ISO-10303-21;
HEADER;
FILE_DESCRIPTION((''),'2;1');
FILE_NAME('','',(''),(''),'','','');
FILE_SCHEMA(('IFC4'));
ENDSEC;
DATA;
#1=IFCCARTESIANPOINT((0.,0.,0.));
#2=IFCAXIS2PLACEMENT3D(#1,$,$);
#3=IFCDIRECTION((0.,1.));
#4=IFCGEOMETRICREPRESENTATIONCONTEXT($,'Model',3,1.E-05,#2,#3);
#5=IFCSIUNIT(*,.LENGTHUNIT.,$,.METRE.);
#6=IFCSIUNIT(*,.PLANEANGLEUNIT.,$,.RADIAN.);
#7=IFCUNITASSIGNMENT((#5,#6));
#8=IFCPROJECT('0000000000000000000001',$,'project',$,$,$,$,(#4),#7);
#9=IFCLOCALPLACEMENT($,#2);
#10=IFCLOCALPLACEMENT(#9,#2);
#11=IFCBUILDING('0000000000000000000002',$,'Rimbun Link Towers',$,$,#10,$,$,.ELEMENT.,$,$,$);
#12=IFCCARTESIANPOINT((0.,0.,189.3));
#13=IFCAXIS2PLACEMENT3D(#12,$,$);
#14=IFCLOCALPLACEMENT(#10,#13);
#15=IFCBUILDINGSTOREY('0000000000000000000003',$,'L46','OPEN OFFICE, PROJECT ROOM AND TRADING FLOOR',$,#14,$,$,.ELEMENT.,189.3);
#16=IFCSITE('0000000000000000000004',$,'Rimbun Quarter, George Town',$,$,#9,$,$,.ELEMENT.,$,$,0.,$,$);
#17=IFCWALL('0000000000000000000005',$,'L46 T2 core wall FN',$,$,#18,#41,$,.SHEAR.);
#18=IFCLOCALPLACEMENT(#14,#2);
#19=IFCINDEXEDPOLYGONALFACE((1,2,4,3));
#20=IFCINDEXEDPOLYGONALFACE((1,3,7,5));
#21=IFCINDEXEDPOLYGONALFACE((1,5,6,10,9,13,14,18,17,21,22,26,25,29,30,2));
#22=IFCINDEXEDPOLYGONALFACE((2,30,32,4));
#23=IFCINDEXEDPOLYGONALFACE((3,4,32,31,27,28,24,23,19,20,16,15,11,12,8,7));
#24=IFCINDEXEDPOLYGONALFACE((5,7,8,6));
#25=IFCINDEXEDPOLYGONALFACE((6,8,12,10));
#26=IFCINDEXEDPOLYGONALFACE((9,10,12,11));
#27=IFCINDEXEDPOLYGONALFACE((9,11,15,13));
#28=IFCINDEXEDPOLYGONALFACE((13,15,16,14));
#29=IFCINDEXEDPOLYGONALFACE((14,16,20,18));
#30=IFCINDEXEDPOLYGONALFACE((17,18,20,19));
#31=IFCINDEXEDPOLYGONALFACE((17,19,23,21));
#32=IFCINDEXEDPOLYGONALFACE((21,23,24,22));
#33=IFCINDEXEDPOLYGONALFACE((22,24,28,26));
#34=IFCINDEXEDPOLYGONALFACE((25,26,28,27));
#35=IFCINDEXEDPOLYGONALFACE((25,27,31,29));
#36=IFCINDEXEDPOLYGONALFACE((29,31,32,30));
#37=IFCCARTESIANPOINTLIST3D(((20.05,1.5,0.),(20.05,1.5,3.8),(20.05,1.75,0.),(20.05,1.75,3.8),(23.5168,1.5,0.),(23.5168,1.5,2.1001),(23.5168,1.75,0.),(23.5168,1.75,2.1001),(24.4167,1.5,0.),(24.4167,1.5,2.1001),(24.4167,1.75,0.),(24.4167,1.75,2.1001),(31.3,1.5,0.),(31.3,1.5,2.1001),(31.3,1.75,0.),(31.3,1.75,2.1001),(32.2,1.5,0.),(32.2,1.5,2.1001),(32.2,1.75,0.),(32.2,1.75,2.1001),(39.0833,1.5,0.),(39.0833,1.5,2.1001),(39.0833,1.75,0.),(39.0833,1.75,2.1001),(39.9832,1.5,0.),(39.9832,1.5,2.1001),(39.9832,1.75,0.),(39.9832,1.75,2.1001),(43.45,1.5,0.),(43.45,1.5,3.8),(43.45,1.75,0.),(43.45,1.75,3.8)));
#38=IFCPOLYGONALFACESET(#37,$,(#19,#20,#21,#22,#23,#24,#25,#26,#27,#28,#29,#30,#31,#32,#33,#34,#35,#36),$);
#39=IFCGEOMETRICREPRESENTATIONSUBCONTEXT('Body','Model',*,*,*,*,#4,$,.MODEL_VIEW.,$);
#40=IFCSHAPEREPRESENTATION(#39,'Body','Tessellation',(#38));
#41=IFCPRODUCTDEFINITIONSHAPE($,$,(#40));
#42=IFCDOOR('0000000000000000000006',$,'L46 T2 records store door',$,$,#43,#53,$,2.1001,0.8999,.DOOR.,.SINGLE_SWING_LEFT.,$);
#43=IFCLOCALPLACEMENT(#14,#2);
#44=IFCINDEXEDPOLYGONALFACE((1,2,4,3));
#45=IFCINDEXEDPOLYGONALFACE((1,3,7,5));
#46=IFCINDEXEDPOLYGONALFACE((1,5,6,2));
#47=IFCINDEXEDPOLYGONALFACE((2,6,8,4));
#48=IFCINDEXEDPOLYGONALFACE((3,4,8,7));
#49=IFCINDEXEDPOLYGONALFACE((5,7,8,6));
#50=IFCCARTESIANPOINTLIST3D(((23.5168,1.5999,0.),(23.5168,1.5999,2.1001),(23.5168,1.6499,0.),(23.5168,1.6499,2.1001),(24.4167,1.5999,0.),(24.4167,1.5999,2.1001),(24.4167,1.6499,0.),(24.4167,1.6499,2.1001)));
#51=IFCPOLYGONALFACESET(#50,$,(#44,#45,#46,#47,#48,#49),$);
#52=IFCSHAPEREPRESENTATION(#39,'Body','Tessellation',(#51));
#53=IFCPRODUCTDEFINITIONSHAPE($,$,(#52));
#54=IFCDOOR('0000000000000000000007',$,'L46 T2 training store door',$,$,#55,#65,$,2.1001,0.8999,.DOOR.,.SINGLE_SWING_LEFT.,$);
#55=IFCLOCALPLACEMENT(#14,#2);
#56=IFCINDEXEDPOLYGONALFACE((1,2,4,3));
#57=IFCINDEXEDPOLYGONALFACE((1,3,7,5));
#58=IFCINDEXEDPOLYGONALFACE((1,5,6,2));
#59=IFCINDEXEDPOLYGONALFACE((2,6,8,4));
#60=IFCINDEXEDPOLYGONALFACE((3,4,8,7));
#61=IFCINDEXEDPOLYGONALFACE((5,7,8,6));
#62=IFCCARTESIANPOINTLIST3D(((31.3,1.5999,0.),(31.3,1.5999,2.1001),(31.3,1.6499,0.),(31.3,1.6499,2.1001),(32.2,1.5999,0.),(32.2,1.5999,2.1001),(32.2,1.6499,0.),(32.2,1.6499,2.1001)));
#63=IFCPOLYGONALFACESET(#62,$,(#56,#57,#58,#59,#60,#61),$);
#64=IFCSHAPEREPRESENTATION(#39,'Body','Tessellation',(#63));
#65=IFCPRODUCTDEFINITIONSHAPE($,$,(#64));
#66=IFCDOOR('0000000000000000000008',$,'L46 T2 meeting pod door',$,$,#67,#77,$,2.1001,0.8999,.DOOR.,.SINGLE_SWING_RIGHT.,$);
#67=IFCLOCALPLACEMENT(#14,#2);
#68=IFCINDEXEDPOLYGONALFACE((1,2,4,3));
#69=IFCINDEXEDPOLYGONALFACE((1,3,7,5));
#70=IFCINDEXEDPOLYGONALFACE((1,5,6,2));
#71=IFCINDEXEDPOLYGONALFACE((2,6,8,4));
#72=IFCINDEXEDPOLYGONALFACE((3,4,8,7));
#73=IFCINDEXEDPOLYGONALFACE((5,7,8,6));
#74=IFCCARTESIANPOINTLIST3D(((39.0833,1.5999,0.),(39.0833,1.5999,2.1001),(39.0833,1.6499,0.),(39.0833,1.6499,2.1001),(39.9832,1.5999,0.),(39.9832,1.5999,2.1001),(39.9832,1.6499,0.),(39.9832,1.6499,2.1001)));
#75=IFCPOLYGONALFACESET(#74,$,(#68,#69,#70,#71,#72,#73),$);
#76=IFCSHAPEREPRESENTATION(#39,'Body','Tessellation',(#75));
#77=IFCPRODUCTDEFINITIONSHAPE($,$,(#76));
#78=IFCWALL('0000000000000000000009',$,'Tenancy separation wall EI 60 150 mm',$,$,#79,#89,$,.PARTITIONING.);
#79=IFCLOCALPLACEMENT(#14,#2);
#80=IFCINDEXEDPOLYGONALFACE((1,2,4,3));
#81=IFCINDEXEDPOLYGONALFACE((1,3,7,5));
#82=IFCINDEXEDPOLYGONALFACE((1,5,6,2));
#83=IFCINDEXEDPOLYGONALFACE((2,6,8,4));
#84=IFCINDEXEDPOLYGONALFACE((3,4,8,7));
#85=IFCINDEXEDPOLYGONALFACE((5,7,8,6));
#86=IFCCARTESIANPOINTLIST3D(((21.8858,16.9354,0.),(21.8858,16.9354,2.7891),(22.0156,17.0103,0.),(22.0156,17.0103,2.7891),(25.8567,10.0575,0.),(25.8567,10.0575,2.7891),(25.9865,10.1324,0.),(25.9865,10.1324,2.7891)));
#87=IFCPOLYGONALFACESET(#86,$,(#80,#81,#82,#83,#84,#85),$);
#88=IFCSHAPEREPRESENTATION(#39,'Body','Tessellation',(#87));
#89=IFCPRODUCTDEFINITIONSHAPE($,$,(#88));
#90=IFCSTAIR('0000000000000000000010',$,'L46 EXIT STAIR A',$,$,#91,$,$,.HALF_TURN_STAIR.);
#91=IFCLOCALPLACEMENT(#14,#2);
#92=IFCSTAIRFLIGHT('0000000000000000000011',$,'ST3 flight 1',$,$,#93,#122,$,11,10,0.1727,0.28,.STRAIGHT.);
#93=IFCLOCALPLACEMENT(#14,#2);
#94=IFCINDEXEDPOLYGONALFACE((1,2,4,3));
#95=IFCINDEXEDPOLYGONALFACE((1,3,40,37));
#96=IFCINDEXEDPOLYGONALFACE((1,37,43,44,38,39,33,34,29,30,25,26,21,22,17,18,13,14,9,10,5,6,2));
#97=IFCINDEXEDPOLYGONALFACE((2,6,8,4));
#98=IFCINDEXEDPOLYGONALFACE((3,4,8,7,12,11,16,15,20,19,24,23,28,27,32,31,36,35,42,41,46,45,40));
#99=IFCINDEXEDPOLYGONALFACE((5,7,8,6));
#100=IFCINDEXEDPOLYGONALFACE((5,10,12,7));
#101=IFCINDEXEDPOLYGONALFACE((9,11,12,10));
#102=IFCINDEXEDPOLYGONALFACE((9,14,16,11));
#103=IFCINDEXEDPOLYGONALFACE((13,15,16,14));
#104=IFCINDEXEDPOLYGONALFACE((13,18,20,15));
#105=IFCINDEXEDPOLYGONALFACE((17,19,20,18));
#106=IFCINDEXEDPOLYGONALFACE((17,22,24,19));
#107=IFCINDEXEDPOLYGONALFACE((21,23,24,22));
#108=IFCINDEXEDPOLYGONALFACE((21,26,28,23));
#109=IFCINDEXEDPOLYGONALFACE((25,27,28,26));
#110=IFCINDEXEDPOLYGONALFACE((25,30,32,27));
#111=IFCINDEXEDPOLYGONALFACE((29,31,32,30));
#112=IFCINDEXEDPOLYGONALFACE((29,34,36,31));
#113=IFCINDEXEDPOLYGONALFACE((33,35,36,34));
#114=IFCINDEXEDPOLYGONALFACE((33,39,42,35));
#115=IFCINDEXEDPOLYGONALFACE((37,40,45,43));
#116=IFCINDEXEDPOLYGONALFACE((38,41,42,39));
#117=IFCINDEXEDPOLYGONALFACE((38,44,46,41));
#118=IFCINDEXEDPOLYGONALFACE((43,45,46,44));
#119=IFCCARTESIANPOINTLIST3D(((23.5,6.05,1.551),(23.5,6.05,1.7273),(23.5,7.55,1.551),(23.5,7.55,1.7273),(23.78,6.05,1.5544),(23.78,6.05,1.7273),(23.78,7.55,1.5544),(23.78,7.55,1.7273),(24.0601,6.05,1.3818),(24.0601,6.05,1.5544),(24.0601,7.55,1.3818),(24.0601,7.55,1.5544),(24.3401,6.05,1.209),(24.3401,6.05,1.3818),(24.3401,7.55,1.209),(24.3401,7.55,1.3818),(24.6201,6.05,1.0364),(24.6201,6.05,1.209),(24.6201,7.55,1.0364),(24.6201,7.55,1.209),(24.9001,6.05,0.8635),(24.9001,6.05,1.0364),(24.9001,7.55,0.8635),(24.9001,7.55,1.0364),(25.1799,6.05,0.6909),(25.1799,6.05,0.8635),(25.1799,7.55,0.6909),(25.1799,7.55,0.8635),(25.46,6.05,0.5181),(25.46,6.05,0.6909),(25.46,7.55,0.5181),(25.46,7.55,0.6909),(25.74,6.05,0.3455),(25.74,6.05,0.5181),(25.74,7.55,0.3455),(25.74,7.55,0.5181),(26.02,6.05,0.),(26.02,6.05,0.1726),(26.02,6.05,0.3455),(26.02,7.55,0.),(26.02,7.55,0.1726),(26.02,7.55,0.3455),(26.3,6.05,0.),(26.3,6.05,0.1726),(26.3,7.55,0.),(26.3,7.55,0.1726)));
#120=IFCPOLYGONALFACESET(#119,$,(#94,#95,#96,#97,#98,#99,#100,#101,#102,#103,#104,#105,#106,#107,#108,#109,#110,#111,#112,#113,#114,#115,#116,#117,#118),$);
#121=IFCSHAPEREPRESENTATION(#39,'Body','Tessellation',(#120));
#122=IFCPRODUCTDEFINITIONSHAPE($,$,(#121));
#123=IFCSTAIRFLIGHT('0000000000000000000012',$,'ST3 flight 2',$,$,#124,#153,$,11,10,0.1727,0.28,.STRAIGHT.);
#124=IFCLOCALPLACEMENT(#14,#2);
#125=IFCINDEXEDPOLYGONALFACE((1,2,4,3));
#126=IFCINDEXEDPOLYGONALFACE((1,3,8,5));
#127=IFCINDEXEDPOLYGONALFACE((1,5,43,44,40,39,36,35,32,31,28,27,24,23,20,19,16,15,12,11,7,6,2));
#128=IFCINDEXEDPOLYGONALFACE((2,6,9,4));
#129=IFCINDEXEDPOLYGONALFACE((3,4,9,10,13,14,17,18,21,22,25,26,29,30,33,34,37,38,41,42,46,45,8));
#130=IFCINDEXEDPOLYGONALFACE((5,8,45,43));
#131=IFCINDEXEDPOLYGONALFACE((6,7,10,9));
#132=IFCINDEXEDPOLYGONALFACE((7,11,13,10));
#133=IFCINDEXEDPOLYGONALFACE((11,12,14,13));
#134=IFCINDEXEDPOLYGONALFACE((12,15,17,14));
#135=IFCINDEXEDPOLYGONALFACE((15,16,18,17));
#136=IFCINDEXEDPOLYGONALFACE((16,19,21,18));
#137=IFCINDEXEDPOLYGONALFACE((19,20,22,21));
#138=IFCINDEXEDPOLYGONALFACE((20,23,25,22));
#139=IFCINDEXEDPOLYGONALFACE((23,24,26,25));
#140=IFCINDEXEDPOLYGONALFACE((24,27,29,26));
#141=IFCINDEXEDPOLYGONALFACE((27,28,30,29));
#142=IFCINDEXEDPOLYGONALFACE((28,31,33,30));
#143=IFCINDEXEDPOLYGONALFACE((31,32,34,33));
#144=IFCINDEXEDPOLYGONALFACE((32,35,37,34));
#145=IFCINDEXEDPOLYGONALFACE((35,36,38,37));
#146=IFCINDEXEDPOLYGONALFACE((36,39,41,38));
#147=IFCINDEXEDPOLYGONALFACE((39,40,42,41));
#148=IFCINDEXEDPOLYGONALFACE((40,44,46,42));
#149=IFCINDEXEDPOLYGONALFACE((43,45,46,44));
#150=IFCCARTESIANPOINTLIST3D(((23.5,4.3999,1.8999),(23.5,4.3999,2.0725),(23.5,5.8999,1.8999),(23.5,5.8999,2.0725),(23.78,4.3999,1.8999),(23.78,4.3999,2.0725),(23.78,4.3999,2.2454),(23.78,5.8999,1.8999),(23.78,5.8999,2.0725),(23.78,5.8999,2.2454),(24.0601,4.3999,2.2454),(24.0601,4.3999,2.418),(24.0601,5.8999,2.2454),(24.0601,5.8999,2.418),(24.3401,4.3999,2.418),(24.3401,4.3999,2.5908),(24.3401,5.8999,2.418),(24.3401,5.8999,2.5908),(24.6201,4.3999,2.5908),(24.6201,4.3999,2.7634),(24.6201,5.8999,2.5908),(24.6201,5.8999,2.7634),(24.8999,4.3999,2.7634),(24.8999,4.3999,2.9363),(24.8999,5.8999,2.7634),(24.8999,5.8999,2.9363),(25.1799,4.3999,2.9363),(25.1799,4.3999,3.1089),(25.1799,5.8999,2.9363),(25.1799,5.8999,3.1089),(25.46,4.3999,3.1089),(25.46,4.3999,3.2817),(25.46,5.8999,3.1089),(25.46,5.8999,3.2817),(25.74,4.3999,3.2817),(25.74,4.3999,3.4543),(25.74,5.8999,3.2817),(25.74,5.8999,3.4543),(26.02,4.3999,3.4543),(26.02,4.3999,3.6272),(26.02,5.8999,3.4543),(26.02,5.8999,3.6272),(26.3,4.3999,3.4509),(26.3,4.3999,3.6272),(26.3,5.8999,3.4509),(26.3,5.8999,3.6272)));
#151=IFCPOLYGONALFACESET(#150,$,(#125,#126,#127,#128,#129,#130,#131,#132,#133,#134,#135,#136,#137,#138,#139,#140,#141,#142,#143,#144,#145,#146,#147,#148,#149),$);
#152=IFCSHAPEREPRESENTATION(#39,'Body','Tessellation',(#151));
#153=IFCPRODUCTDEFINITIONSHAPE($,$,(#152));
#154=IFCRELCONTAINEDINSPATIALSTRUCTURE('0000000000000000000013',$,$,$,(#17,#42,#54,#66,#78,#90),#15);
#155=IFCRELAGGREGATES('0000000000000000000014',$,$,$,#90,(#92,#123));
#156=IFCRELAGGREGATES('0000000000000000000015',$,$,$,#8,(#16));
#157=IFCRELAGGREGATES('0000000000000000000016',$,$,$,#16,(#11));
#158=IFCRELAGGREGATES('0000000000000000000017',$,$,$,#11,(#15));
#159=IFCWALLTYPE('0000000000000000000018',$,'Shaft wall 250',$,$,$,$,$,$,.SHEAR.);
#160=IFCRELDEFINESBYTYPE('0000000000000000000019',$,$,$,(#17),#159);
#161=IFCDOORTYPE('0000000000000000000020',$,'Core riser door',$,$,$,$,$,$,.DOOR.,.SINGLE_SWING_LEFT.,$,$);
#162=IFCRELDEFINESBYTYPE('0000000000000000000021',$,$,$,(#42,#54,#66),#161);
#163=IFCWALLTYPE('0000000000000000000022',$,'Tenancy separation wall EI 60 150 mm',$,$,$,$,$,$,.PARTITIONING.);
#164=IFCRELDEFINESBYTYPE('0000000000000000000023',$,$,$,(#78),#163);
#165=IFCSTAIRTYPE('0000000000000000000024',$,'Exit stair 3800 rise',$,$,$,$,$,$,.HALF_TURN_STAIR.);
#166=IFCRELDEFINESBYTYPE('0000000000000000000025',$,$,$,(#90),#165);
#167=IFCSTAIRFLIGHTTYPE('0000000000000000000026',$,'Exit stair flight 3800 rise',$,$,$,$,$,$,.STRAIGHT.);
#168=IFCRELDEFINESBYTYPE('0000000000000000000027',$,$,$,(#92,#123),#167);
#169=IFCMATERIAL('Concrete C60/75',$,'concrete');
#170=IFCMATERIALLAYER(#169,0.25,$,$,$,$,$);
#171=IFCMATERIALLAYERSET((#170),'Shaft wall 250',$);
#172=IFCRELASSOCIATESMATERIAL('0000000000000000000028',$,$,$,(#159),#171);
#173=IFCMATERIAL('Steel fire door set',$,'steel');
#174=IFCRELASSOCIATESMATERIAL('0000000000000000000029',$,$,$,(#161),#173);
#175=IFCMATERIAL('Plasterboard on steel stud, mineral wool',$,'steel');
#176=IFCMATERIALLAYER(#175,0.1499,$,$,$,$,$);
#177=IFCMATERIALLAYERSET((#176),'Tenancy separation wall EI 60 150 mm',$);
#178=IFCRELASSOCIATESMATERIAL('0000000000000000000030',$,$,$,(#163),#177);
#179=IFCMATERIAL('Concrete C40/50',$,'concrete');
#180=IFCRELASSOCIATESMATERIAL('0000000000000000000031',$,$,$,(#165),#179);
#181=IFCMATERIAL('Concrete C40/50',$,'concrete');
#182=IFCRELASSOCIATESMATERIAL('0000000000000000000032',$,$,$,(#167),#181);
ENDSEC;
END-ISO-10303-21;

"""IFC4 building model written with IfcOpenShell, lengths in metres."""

from ifc_helpers import new_model, si_unit, direction, frame, frame_2d, origin, place, context, subcontext, project, spatial, polyline, rectangle, outline, extrude, material, layer, layer_set, type_object, element, fill, aggregate, save


model = new_model("IFC4")

# Units and contexts
model_context = context("Model", 3, precision=1e-05, world=origin(), true_north=direction((0.0, 1.0)))
body_context = subcontext(model_context, "Body", "Model", "MODEL_VIEW")
ifc_project = project(units=[si_unit("LENGTHUNIT", "METRE"), si_unit("PLANEANGLEUNIT", "RADIAN")], contexts=[model_context])

# Site, building, storey
site_placement = place(None, origin())
site = spatial("IfcSite", under=ifc_project, at=site_placement, Name="Rimbun Quarter, George Town", CompositionType="ELEMENT", RefElevation=0.0)
building_placement = place(site_placement, origin())
building = spatial("IfcBuilding", under=site, at=building_placement, Name="Rimbun Link Towers", CompositionType="ELEMENT")
storey_placement = place(building_placement, frame((0.0, 0.0, 189.3)))
storey = spatial("IfcBuildingStorey", under=building, at=storey_placement, Name="L46", Description="OPEN OFFICE, PROJECT ROOM AND TRADING FLOOR", CompositionType="ELEMENT", Elevation=189.3)

# Shared definitions
ifc_material_1 = material(Name="Concrete C60/75", Category="concrete")
ifc_layer_1 = layer(ifc_material_1, 0.25)
ifc_layer_set_1 = layer_set([ifc_layer_1], Name="Shaft wall 250")
wall_type_1 = type_object("IfcWallType", Name="Shaft wall 250", PredefinedType="SHEAR", material=ifc_layer_set_1)

# Wall, openings, doors
wall_1_placement = place(storey_placement, frame((20.05, 1.625, 0.0), z_axis=(0.0, 0.0, 1.0), x_axis=(1.0, 0.0, 0.0)))
wall_1 = element("IfcWall", 1, at=wall_1_placement, inside=storey, type_object=wall_type_1, Name="L46 T2 core wall FN", PredefinedType="SHEAR", context=body_context, shape_type="SweptSolid", body=[
    extrude(rectangle(XDim=23.3999, YDim=0.25, at=frame_2d((11.7, 0.0))), origin(), (0.0, 0.0, 1.0), 3.8),
])
opening_1_placement = place(wall_1_placement, frame((3.4668, 0.0, 0.0)))
opening_1 = element("IfcOpeningElement", 2, at=opening_1_placement, cuts=wall_1, PredefinedType="OPENING", context=body_context, shape_type="SweptSolid", body=[
    extrude(rectangle(XDim=0.8999, YDim=2.1001, at=frame_2d((0.45, 1.05))), frame((0.0, 0.135, 0.0), z_axis=(0.0, -1.0, 0.0), x_axis=(1.0, 0.0, 0.0)), (0.0, 0.0, 1.0), 0.27),
])
opening_2_placement = place(wall_1_placement, frame((11.25, 0.0, 0.0)))
opening_2 = element("IfcOpeningElement", 3, at=opening_2_placement, cuts=wall_1, PredefinedType="OPENING", context=body_context, shape_type="SweptSolid", body=[
    extrude(rectangle(XDim=0.8999, YDim=2.1001, at=frame_2d((0.45, 1.05))), frame((0.0, 0.135, 0.0), z_axis=(0.0, -1.0, 0.0), x_axis=(1.0, 0.0, 0.0)), (0.0, 0.0, 1.0), 0.27),
])
opening_3_placement = place(wall_1_placement, frame((19.0332, 0.0, 0.0)))
opening_3 = element("IfcOpeningElement", 4, at=opening_3_placement, cuts=wall_1, PredefinedType="OPENING", context=body_context, shape_type="SweptSolid", body=[
    extrude(rectangle(XDim=0.8999, YDim=2.1001, at=frame_2d((0.45, 1.05))), frame((0.0, 0.135, 0.0), z_axis=(0.0, -1.0, 0.0), x_axis=(1.0, 0.0, 0.0)), (0.0, 0.0, 1.0), 0.27),
])
ifc_material_2 = material(Name="Steel fire door set", Category="steel")
door_type = type_object("IfcDoorType", Name="Core riser door", OperationType="SINGLE_SWING_LEFT", PredefinedType="DOOR", material=ifc_material_2)
door_1_placement = place(opening_1_placement, origin())
door_1 = element("IfcDoor", 5, at=door_1_placement, inside=storey, type_object=door_type, Name="L46 T2 records store door", OperationType="SINGLE_SWING_LEFT", OverallHeight=2.1001, OverallWidth=0.8999, PredefinedType="DOOR", context=body_context, shape_type="SweptSolid", body=[
    extrude(rectangle(XDim=0.8999, YDim=2.1001, at=frame_2d((0.45, 1.05))), frame((0.0, 0.0249, 0.0), z_axis=(0.0, -1.0, 0.0), x_axis=(1.0, 0.0, 0.0)), (0.0, 0.0, 1.0), 0.05),
])
fill(opening_1, door_1)
door_2_placement = place(opening_2_placement, origin())
door_2 = element("IfcDoor", 6, at=door_2_placement, inside=storey, type_object=door_type, Name="L46 T2 training store door", OperationType="SINGLE_SWING_LEFT", OverallHeight=2.1001, OverallWidth=0.8999, PredefinedType="DOOR", context=body_context, shape_type="SweptSolid", body=[
    extrude(rectangle(XDim=0.8999, YDim=2.1001, at=frame_2d((0.45, 1.05))), frame((0.0, 0.0249, 0.0), z_axis=(0.0, -1.0, 0.0), x_axis=(1.0, 0.0, 0.0)), (0.0, 0.0, 1.0), 0.05),
])
fill(opening_2, door_2)
door_3_placement = place(opening_3_placement, origin())
door_3 = element("IfcDoor", 7, at=door_3_placement, inside=storey, type_object=door_type, Name="L46 T2 meeting pod door", OperationType="SINGLE_SWING_RIGHT", OverallHeight=2.1001, OverallWidth=0.8999, PredefinedType="DOOR", context=body_context, shape_type="SweptSolid", body=[
    extrude(rectangle(XDim=0.8999, YDim=2.1001, at=frame_2d((0.45, 1.05))), frame((0.0, 0.0249, 0.0), z_axis=(0.0, -1.0, 0.0), x_axis=(1.0, 0.0, 0.0)), (0.0, 0.0, 1.0), 0.05),
])
fill(opening_3, door_3)

# Wall
ifc_material_3 = material(Name="Plasterboard on steel stud, mineral wool", Category="steel")
ifc_layer_2 = layer(ifc_material_3, 0.1499)
ifc_layer_set_2 = layer_set([ifc_layer_2], Name="Tenancy separation wall EI 60 150 mm")
wall_type_2 = type_object("IfcWallType", Name="Tenancy separation wall EI 60 150 mm", PredefinedType="PARTITIONING", material=ifc_layer_set_2)
wall_2_placement = place(storey_placement, frame((25.9216, 10.095, 0.0), z_axis=(0.0, 0.0, 1.0), x_axis=(-0.499997, 0.866027, 0.0)))
element("IfcWall", 8, at=wall_2_placement, inside=storey, type_object=wall_type_2, Name="Tenancy separation wall EI 60 150 mm", PredefinedType="PARTITIONING", context=body_context, shape_type="SweptSolid", body=[
    extrude(rectangle(XDim=7.9419, YDim=0.1499, at=frame_2d((3.9709, 0.0))), origin(), (0.0, 0.0, 1.0), 2.7891),
])

# Stair, stair flights
ifc_material_4 = material(Name="Concrete C40/50", Category="concrete")
stair_type = type_object("IfcStairType", Name="Exit stair 3800 rise", PredefinedType="HALF_TURN_STAIR", material=ifc_material_4)
stair_placement = place(storey_placement, origin())
stair = element("IfcStair", 9, at=stair_placement, inside=storey, type_object=stair_type, Name="L46 EXIT STAIR A", PredefinedType="HALF_TURN_STAIR")
ifc_material_5 = material(Name="Concrete C40/50", Category="concrete")
stair_flight_type = type_object("IfcStairFlightType", Name="Exit stair flight 3800 rise", PredefinedType="STRAIGHT", material=ifc_material_5)
stair_flight_1_placement = place(storey_placement, frame((26.3, 6.8, 0.0), z_axis=(0.0, 0.0, 1.0), x_axis=(-1.0, 0.0, 0.0)))
stair_flight_1 = element("IfcStairFlight", 10, at=stair_flight_1_placement, type_object=stair_flight_type, Name="ST3 flight 1", NumberOfRisers=11, NumberOfTreads=10, PredefinedType="STRAIGHT", RiserHeight=0.1727, TreadLength=0.28, context=body_context, shape_type="SweptSolid", body=[
    extrude(outline(polyline([(0.0, 0.0), (0.0, 0.1726), (0.28, 0.1726), (0.28, 0.3455), (0.5601, 0.3455), (0.5601, 0.5181), (0.8401, 0.5181), (0.8401, 0.6909), (1.1201, 0.6909), (1.1201, 0.8635), (1.3999, 0.8635), (1.3999, 1.0364), (1.6799, 1.0364), (1.6799, 1.209), (1.96, 1.209), (1.96, 1.3818), (2.24, 1.3818), (2.24, 1.5544), (2.52, 1.5544), (2.52, 1.7273), (2.8, 1.7273), (2.8, 1.8999), (2.8, 1.551), (0.28, 0.0), (0.0, 0.0)])), frame((0.0, 0.75, 0.0), z_axis=(0.0, -1.0, 0.0), x_axis=(1.0, 0.0, 0.0)), (0.0, 0.0, 1.0), 1.5),
])
stair_flight_2_placement = place(storey_placement, frame((23.5, 5.1499, 1.8999), z_axis=(0.0, 0.0, 1.0), x_axis=(1.0, 0.0, 0.0)))
stair_flight_2 = element("IfcStairFlight", 11, at=stair_flight_2_placement, type_object=stair_flight_type, Name="ST3 flight 2", NumberOfRisers=11, NumberOfTreads=10, PredefinedType="STRAIGHT", RiserHeight=0.1727, TreadLength=0.28, context=body_context, shape_type="SweptSolid", body=[
    extrude(outline(polyline([(0.0, 0.0), (0.0, 0.1726), (0.28, 0.1726), (0.28, 0.3455), (0.5601, 0.3455), (0.5601, 0.5181), (0.8401, 0.5181), (0.8401, 0.6909), (1.1201, 0.6909), (1.1201, 0.8635), (1.3999, 0.8635), (1.3999, 1.0364), (1.6799, 1.0364), (1.6799, 1.209), (1.96, 1.209), (1.96, 1.3818), (2.24, 1.3818), (2.24, 1.5544), (2.52, 1.5544), (2.52, 1.7273), (2.8, 1.7273), (2.8, 1.8999), (2.8, 1.551), (0.28, 0.0), (0.0, 0.0)])), frame((0.0, 0.75, 0.0), z_axis=(0.0, -1.0, 0.0), x_axis=(1.0, 0.0, 0.0)), (0.0, 0.0, 1.0), 1.5),
])
aggregate(stair, [stair_flight_1, stair_flight_2])

save(model, "model.ifc")
